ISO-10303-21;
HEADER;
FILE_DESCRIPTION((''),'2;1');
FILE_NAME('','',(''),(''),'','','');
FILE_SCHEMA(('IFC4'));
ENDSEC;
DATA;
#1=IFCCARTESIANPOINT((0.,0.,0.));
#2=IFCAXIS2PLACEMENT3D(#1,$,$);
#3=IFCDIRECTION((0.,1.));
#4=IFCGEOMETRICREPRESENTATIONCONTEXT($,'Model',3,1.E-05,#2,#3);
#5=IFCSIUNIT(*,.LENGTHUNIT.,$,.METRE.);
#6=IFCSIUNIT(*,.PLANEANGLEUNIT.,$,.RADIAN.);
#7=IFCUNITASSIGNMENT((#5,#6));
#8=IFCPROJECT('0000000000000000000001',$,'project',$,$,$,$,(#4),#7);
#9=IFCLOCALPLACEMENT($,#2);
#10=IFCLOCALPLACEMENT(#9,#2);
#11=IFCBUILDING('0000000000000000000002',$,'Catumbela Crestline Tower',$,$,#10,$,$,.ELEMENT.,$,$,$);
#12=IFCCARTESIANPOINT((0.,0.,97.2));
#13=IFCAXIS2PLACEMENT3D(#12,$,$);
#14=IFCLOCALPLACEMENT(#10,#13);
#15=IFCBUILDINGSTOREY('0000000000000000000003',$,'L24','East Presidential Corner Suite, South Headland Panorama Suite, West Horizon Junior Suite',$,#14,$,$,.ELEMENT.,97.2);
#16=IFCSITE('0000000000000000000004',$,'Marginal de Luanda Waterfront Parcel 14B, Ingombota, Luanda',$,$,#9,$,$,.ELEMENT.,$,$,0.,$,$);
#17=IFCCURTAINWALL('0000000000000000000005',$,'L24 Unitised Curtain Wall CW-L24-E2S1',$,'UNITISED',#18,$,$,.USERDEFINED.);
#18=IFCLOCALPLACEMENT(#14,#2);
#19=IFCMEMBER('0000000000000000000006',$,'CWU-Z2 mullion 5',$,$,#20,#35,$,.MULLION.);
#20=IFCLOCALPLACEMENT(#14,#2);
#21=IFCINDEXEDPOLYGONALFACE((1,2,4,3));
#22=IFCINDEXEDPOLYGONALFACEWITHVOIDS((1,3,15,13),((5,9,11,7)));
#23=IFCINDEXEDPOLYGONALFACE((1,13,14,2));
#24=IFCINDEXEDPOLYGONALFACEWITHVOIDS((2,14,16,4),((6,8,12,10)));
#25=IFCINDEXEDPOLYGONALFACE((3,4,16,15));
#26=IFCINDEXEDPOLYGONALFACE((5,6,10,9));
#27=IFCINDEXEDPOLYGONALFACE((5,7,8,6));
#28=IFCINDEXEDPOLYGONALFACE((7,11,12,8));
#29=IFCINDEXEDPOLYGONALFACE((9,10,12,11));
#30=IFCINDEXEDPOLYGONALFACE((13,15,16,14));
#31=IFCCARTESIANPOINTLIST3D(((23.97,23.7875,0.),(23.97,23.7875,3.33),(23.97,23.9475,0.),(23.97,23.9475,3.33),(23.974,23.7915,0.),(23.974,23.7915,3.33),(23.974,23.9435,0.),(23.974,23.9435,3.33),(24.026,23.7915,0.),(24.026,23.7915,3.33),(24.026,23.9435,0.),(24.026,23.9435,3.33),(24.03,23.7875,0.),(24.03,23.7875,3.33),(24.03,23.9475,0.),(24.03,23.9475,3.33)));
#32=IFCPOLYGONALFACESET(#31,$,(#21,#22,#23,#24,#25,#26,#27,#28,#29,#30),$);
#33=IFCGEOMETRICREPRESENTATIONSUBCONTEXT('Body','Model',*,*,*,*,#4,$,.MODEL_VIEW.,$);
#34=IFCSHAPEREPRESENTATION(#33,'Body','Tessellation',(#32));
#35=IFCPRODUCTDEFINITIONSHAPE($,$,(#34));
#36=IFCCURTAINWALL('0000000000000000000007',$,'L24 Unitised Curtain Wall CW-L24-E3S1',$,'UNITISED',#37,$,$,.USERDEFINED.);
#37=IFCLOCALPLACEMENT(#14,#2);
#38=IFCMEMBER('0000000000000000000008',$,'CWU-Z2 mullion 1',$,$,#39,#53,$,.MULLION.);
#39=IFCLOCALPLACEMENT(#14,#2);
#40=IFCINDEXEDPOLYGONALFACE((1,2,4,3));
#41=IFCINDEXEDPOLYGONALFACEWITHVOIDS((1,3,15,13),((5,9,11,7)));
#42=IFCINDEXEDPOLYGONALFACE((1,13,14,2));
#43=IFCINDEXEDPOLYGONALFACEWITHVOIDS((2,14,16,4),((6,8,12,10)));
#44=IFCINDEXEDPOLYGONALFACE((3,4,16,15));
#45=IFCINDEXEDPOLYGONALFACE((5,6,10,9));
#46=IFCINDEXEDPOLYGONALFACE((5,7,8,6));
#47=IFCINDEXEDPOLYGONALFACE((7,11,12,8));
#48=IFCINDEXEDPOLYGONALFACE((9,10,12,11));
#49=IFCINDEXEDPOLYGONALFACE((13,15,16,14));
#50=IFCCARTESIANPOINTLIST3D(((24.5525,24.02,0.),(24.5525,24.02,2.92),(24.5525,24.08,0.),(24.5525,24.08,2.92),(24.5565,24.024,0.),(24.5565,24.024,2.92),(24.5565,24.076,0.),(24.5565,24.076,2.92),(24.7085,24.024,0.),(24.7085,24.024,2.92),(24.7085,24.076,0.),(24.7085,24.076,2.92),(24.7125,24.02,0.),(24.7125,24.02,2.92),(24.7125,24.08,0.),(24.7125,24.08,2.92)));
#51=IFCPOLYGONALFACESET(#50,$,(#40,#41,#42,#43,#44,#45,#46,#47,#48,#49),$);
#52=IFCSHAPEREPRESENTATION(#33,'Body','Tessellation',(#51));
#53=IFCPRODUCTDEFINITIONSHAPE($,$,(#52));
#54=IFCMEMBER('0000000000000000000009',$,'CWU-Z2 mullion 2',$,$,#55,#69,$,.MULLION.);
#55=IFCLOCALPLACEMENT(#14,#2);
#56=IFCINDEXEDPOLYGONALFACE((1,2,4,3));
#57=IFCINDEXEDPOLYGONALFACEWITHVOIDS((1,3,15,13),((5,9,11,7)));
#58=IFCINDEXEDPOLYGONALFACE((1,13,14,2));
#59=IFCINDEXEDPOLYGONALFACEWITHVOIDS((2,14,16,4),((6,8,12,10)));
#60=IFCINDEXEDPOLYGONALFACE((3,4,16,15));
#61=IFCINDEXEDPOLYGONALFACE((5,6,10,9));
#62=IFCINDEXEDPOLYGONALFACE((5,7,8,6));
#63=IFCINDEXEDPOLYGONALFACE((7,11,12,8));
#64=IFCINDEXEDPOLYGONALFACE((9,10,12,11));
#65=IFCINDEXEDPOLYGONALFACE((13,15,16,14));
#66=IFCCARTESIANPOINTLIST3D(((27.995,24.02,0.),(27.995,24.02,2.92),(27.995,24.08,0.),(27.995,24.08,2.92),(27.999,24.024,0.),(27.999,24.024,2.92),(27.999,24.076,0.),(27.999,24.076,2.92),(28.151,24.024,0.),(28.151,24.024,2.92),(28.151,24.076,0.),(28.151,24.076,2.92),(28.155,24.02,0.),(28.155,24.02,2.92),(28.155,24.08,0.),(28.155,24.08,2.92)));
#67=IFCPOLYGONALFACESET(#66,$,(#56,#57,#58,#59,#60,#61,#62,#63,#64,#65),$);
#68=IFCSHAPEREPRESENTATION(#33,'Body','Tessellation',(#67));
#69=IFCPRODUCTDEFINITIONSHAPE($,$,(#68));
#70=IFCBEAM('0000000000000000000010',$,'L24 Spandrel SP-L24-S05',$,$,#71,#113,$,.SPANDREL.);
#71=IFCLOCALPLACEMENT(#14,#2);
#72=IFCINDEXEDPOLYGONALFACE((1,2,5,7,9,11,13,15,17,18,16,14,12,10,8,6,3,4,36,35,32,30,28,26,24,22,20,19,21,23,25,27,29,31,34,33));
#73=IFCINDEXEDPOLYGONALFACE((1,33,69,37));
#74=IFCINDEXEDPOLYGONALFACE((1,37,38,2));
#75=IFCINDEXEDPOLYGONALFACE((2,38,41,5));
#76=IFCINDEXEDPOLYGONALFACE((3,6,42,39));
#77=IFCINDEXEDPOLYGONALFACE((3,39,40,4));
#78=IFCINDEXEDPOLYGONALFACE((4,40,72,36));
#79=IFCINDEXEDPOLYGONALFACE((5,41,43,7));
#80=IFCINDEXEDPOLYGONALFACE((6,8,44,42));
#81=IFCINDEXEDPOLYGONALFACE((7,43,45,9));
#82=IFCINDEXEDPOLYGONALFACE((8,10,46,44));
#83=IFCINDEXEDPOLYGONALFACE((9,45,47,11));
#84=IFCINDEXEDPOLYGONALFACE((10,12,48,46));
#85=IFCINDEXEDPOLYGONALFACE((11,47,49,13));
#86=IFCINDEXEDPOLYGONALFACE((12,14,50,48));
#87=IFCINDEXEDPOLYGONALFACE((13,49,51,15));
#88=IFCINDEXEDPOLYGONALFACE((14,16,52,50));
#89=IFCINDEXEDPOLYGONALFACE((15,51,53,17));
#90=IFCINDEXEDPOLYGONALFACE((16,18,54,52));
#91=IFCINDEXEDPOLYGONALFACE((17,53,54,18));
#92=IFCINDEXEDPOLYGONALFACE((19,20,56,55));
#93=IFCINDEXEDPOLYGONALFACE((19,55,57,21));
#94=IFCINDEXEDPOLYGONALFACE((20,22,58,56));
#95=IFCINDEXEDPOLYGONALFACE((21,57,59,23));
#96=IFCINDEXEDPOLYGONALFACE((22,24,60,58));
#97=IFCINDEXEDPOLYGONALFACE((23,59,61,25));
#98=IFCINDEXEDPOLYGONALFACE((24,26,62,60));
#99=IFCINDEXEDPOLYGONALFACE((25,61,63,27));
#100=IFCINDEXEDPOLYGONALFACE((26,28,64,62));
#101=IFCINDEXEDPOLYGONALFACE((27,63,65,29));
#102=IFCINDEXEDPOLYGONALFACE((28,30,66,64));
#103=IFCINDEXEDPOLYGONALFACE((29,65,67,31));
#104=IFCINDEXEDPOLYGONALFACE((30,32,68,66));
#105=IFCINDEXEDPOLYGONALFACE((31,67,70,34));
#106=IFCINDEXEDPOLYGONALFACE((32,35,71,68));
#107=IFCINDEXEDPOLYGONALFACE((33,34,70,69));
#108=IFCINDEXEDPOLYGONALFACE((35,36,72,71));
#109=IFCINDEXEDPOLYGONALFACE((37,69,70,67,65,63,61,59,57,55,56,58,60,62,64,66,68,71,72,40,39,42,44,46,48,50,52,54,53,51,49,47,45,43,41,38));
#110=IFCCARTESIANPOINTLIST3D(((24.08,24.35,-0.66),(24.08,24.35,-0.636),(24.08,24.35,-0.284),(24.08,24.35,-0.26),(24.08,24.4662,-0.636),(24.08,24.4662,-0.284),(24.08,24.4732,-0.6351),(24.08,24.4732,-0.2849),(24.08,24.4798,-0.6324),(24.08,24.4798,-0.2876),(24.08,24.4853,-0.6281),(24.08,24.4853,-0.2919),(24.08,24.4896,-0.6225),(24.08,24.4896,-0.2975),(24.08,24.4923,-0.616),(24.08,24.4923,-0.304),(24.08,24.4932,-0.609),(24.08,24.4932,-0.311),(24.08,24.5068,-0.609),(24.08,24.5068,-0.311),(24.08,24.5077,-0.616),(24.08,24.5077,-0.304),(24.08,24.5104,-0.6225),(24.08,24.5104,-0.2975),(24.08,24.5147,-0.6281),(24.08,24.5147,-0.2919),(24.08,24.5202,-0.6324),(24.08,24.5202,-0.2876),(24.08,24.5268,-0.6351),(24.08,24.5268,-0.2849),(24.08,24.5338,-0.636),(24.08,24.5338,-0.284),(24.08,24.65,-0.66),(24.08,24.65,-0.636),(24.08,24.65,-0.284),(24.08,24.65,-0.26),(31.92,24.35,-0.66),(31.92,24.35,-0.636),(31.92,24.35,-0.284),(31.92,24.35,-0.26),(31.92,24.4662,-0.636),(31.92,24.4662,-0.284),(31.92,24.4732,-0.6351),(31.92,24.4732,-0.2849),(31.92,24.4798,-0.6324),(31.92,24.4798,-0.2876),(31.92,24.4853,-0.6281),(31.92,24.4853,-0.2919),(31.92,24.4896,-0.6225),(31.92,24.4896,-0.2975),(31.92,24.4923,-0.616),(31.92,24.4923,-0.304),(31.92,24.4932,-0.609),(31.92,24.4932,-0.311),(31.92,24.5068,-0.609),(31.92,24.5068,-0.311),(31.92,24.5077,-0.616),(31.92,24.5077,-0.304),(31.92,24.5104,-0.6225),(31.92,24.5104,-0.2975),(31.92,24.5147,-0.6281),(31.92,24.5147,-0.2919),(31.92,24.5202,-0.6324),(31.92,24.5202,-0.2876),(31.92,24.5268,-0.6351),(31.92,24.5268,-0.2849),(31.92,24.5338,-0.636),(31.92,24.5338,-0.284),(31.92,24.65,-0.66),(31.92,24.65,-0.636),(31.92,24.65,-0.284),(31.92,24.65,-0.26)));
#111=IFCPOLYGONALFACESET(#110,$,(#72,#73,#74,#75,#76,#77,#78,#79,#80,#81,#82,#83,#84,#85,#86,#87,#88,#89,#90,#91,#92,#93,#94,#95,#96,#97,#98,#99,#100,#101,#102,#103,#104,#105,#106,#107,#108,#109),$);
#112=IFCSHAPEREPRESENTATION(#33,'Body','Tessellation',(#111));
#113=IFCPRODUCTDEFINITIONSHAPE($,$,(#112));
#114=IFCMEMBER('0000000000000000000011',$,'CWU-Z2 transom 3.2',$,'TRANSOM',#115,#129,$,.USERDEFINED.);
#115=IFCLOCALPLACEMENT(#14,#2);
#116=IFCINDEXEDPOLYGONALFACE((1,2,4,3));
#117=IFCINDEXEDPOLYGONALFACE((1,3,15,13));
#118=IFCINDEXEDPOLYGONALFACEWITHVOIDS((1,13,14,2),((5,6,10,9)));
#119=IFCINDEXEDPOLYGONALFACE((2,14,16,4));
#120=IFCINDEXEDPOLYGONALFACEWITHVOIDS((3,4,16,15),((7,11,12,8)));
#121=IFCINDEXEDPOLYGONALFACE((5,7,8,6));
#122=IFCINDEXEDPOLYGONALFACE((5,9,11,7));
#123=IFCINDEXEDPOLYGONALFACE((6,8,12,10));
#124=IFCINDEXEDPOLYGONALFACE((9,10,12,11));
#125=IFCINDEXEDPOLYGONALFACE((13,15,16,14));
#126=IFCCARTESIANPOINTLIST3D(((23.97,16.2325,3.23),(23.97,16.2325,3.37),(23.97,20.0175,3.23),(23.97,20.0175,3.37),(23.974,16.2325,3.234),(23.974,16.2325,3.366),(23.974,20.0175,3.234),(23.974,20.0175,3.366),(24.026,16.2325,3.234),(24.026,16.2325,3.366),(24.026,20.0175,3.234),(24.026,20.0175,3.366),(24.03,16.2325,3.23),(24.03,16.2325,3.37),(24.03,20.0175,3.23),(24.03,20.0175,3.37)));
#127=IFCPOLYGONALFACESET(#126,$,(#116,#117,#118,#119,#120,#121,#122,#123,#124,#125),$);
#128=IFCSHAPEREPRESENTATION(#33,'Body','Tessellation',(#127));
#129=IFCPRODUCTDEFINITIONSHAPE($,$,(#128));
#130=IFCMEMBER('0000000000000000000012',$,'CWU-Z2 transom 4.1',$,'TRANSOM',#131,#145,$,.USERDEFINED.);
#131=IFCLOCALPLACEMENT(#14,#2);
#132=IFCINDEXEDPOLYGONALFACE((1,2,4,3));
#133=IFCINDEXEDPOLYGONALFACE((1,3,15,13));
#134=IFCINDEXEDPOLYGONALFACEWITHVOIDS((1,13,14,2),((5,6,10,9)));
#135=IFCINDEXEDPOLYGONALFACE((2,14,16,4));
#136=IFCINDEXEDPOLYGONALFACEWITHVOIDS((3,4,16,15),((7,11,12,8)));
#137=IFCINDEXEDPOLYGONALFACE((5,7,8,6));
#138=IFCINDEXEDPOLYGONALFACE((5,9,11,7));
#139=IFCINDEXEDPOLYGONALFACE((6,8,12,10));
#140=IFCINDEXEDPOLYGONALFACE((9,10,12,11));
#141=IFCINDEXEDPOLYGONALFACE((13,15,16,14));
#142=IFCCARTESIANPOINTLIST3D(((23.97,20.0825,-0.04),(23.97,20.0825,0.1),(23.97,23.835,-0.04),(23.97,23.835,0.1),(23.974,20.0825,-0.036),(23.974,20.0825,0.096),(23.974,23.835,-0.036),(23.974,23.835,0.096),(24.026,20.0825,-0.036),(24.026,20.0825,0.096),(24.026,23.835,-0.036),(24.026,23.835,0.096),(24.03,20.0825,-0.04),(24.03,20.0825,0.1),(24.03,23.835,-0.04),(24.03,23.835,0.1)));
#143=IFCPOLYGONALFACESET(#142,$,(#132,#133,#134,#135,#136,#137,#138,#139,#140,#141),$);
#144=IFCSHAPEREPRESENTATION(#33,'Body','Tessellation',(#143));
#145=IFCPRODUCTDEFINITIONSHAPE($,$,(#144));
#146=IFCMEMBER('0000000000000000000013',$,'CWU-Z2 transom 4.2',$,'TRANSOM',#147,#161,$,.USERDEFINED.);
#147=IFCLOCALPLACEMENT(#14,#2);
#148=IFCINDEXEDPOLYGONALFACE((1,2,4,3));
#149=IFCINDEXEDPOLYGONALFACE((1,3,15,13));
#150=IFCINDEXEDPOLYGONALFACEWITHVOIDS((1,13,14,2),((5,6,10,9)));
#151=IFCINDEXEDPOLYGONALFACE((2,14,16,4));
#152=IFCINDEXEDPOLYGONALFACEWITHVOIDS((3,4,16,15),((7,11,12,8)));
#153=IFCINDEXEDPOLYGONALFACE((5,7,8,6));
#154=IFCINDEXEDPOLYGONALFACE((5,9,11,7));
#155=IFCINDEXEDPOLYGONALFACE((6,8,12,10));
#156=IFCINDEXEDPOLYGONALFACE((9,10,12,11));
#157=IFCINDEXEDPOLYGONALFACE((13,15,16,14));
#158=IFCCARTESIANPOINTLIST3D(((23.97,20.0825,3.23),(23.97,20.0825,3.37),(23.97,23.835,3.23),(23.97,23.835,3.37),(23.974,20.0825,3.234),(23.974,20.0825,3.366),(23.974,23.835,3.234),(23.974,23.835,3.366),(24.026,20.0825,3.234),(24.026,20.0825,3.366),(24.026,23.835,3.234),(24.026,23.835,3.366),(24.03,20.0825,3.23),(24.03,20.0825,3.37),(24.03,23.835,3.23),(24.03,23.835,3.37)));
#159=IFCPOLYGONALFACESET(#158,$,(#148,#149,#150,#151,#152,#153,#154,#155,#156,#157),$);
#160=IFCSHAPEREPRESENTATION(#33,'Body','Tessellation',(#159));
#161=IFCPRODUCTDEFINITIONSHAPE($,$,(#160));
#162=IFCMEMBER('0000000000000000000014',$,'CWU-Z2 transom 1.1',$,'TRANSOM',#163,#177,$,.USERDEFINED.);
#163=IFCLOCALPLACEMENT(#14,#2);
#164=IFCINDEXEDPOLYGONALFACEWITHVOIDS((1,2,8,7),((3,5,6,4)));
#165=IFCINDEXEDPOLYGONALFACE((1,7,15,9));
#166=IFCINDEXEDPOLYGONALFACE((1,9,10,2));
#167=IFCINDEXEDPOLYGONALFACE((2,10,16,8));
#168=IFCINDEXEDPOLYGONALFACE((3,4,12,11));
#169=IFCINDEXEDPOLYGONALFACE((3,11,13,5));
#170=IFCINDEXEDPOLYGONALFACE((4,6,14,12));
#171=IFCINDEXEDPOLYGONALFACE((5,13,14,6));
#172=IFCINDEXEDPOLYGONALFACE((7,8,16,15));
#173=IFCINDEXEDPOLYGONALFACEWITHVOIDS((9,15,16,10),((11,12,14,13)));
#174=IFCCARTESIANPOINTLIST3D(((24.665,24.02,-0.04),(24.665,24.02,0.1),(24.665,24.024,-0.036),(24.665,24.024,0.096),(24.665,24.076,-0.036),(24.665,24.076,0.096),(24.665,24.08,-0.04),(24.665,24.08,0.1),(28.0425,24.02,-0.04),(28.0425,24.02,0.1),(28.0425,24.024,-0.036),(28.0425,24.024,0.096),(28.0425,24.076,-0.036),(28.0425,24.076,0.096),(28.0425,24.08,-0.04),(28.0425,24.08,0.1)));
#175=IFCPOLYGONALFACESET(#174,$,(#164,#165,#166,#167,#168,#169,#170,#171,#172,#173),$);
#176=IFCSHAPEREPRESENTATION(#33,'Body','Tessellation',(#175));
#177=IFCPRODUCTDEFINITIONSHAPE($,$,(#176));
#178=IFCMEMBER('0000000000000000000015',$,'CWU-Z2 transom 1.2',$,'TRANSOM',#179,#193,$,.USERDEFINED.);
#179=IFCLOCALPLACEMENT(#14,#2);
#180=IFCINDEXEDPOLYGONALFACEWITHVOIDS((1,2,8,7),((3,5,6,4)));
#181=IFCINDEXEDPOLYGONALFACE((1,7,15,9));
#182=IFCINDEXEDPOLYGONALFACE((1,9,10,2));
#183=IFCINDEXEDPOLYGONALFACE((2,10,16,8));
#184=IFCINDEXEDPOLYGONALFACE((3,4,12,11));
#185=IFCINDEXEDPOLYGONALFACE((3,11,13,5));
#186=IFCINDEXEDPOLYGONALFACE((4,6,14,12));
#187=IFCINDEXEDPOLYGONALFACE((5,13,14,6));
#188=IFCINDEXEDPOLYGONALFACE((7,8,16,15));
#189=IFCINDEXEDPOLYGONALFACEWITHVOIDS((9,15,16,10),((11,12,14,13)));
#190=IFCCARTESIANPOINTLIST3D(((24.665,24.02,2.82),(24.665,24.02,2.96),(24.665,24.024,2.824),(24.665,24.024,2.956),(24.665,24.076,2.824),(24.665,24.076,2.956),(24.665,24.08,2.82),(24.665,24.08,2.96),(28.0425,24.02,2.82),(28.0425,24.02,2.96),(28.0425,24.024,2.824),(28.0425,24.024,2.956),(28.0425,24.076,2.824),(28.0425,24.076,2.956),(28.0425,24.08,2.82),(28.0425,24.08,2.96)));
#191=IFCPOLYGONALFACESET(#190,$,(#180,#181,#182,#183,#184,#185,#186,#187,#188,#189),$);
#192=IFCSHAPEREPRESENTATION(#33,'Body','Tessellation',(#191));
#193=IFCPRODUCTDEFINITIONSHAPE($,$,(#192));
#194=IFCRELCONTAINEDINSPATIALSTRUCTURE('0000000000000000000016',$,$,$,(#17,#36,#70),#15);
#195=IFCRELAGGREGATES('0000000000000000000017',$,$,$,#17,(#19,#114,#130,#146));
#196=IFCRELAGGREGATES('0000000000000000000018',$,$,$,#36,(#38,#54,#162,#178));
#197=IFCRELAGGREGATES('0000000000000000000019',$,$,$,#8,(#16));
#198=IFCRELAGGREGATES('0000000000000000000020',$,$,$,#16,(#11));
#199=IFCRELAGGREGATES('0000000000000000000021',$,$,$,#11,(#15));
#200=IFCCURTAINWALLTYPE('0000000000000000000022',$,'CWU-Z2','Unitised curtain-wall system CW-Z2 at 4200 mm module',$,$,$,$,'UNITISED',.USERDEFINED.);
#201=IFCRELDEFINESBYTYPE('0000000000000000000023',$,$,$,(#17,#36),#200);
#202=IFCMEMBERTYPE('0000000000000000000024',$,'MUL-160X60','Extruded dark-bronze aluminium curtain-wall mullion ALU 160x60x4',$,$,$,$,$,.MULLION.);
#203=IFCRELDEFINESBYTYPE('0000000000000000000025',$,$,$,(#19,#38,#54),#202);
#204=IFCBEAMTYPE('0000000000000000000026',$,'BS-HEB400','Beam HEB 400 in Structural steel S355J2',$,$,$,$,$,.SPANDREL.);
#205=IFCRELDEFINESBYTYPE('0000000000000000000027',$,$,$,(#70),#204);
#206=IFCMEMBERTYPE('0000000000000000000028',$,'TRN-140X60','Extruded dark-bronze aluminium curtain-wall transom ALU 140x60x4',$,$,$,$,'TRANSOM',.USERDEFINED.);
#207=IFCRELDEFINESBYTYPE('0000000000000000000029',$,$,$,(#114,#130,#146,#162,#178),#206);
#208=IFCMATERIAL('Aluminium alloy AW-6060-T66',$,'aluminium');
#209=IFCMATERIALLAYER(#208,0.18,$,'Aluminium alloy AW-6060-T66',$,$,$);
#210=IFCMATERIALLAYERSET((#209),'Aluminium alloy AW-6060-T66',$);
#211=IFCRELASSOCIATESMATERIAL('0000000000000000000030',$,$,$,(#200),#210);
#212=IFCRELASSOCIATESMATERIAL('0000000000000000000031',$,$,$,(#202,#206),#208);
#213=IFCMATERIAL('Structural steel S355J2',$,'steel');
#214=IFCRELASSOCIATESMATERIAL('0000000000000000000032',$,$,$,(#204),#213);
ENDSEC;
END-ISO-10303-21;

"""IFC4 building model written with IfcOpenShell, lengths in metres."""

from ifc_helpers import new_model, si_unit, direction, frame, origin, origin_2d, place, context, subcontext, project, spatial, hollow_rectangle, i_section, extrude, material, layer, layer_set, material_profile, profile_set, type_object, element, aggregate, save


model = new_model("IFC4")

# Units and contexts
model_context = context("Model", 3, precision=1e-05, world=origin(), true_north=direction((0.0, 1.0)))
body_context = subcontext(model_context, "Body", "Model", "MODEL_VIEW")
ifc_project = project(units=[si_unit("LENGTHUNIT", "METRE"), si_unit("PLANEANGLEUNIT", "RADIAN")], contexts=[model_context])

# Site, building, storey
site_placement = place(None, origin())
site = spatial("IfcSite", under=ifc_project, at=site_placement, Name="Marginal de Luanda Waterfront Parcel 14B, Ingombota, Luanda", CompositionType="ELEMENT", RefElevation=0.0)
building_placement = place(site_placement, origin())
building = spatial("IfcBuilding", under=site, at=building_placement, Name="Catumbela Crestline Tower", CompositionType="ELEMENT")
storey_placement = place(building_placement, frame((0.0, 0.0, 97.2)))
storey = spatial("IfcBuildingStorey", under=building, at=storey_placement, Name="L24", Description="East Presidential Corner Suite, South Headland Panorama Suite, West Horizon Junior Suite", CompositionType="ELEMENT", Elevation=97.2)

# Shared definitions
ifc_material_1 = material(Name="Structural steel S355J2", Category="steel")

# Curtain walls, members
ifc_material_2 = material(Name="Aluminium alloy AW-6060-T66", Category="aluminium")
ifc_layer_1 = layer(ifc_material_2, 0.18, Name="Aluminium alloy AW-6060-T66")
ifc_layer_set_1 = layer_set([ifc_layer_1], Name="Aluminium alloy AW-6060-T66")
curtain_wall_type = type_object("IfcCurtainWallType", Name="CWU-Z2", Description="Unitised curtain-wall system CW-Z2 at 4200 mm module", ElementType="UNITISED", PredefinedType="USERDEFINED", material=ifc_layer_set_1)
curtain_wall_1_placement = place(storey_placement, origin())
curtain_wall_1 = element("IfcCurtainWall", 1, at=curtain_wall_1_placement, inside=storey, type_object=curtain_wall_type, Name="L24 Unitised Curtain Wall CW-L24-E2S1", ObjectType="UNITISED", PredefinedType="USERDEFINED")
ifc_material_profile_1 = material_profile(ifc_material_2, hollow_rectangle(XDim=0.06, YDim=0.16, WallThickness=0.004, at=origin_2d()), Name="ALU 160x60x4")
ifc_profile_set_1 = profile_set([ifc_material_profile_1], Name="Aluminium alloy AW-6060-T66")
member_type_1 = type_object("IfcMemberType", Name="MUL-160X60", Description="Extruded dark-bronze aluminium curtain-wall mullion ALU 160x60x4", PredefinedType="MULLION", material=ifc_profile_set_1)
member_1_placement = place(storey_placement, frame((24.0, 23.8675, 0.0), z_axis=(0.0, 0.0, 1.0), x_axis=(-1.0, 0.0, 0.0)))
member_1 = element("IfcMember", 2, at=member_1_placement, type_object=member_type_1, Name="CWU-Z2 mullion 5", PredefinedType="MULLION", context=body_context, shape_type="SweptSolid", body=[
    extrude(hollow_rectangle(XDim=0.06, YDim=0.16, WallThickness=0.004, at=origin_2d()), origin(), (0.0, 0.0, 1.0), 3.33),
])
curtain_wall_2_placement = place(storey_placement, origin())
curtain_wall_2 = element("IfcCurtainWall", 3, at=curtain_wall_2_placement, inside=storey, type_object=curtain_wall_type, Name="L24 Unitised Curtain Wall CW-L24-E3S1", ObjectType="UNITISED", PredefinedType="USERDEFINED")
member_2_placement = place(storey_placement, frame((24.6325, 24.05, 0.0), z_axis=(0.0, 0.0, 1.0), x_axis=(0.0, 1.0, 0.0)))
member_2 = element("IfcMember", 4, at=member_2_placement, type_object=member_type_1, Name="CWU-Z2 mullion 1", PredefinedType="MULLION", context=body_context, shape_type="SweptSolid", body=[
    extrude(hollow_rectangle(XDim=0.06, YDim=0.16, WallThickness=0.004, at=origin_2d()), origin(), (0.0, 0.0, 1.0), 2.92),
])
member_3_placement = place(storey_placement, frame((28.075, 24.05, 0.0), z_axis=(0.0, 0.0, 1.0), x_axis=(0.0, 1.0, 0.0)))
member_3 = element("IfcMember", 5, at=member_3_placement, type_object=member_type_1, Name="CWU-Z2 mullion 2", PredefinedType="MULLION", context=body_context, shape_type="SweptSolid", body=[
    extrude(hollow_rectangle(XDim=0.06, YDim=0.16, WallThickness=0.004, at=origin_2d()), origin(), (0.0, 0.0, 1.0), 2.92),
])

# Beam
ifc_material_profile_2 = material_profile(ifc_material_1, i_section(OverallWidth=0.3, OverallDepth=0.4, WebThickness=0.0135, FlangeThickness=0.024, FilletRadius=0.027, at=origin_2d()), Name="HEB 400")
ifc_profile_set_2 = profile_set([ifc_material_profile_2], Name="Structural steel S355J2")
beam_type_1 = type_object("IfcBeamType", Name="BS-HEB400", Description="Beam HEB 400 in Structural steel S355J2", PredefinedType="SPANDREL", material=ifc_profile_set_2)
beam_1_placement = place(storey_placement, frame((24.08, 24.5, -0.46), z_axis=(1.0, 0.0, 0.0), x_axis=(0.0, 1.0, 0.0)))
element("IfcBeam", 6, at=beam_1_placement, inside=storey, type_object=beam_type_1, Name="L24 Spandrel SP-L24-S05", PredefinedType="SPANDREL", context=body_context, shape_type="SweptSolid", body=[
    extrude(i_section(OverallWidth=0.3, OverallDepth=0.4, WebThickness=0.0135, FlangeThickness=0.024, FilletRadius=0.027, at=origin_2d()), origin(), (0.0, 0.0, 1.0), 7.84),
])

# Members
ifc_material_profile_3 = material_profile(ifc_material_2, hollow_rectangle(XDim=0.06, YDim=0.14, WallThickness=0.004, at=origin_2d()), Name="ALU 140x60x4")
ifc_profile_set_3 = profile_set([ifc_material_profile_3], Name="Aluminium alloy AW-6060-T66")
member_type_2 = type_object("IfcMemberType", Name="TRN-140X60", Description="Extruded dark-bronze aluminium curtain-wall transom ALU 140x60x4", ElementType="TRANSOM", PredefinedType="USERDEFINED", material=ifc_profile_set_3)
member_4_placement = place(storey_placement, frame((24.0, 16.2325, 3.3), z_axis=(0.0, 1.0, 0.0), x_axis=(-1.0, 0.0, 0.0)))
member_4 = element("IfcMember", 7, at=member_4_placement, type_object=member_type_2, Name="CWU-Z2 transom 3.2", ObjectType="TRANSOM", PredefinedType="USERDEFINED", context=body_context, shape_type="SweptSolid", body=[
    extrude(hollow_rectangle(XDim=0.06, YDim=0.14, WallThickness=0.004, at=origin_2d()), origin(), (0.0, 0.0, 1.0), 3.785),
])
member_5_placement = place(storey_placement, frame((24.0, 20.0825, 0.03), z_axis=(0.0, 1.0, 0.0), x_axis=(-1.0, 0.0, 0.0)))
member_5 = element("IfcMember", 8, at=member_5_placement, type_object=member_type_2, Name="CWU-Z2 transom 4.1", ObjectType="TRANSOM", PredefinedType="USERDEFINED", context=body_context, shape_type="SweptSolid", body=[
    extrude(hollow_rectangle(XDim=0.06, YDim=0.14, WallThickness=0.004, at=origin_2d()), origin(), (0.0, 0.0, 1.0), 3.7525),
])
member_6_placement = place(storey_placement, frame((24.0, 20.0825, 3.3), z_axis=(0.0, 1.0, 0.0), x_axis=(-1.0, 0.0, 0.0)))
member_6 = element("IfcMember", 9, at=member_6_placement, type_object=member_type_2, Name="CWU-Z2 transom 4.2", ObjectType="TRANSOM", PredefinedType="USERDEFINED", context=body_context, shape_type="SweptSolid", body=[
    extrude(hollow_rectangle(XDim=0.06, YDim=0.14, WallThickness=0.004, at=origin_2d()), origin(), (0.0, 0.0, 1.0), 3.7525),
])
member_7_placement = place(storey_placement, frame((24.665, 24.05, 0.03), z_axis=(1.0, 0.0, 0.0), x_axis=(0.0, 1.0, 0.0)))
member_7 = element("IfcMember", 10, at=member_7_placement, type_object=member_type_2, Name="CWU-Z2 transom 1.1", ObjectType="TRANSOM", PredefinedType="USERDEFINED", context=body_context, shape_type="SweptSolid", body=[
    extrude(hollow_rectangle(XDim=0.06, YDim=0.14, WallThickness=0.004, at=origin_2d()), origin(), (0.0, 0.0, 1.0), 3.3775),
])
member_8_placement = place(storey_placement, frame((24.665, 24.05, 2.89), z_axis=(1.0, 0.0, 0.0), x_axis=(0.0, 1.0, 0.0)))
member_8 = element("IfcMember", 11, at=member_8_placement, type_object=member_type_2, Name="CWU-Z2 transom 1.2", ObjectType="TRANSOM", PredefinedType="USERDEFINED", context=body_context, shape_type="SweptSolid", body=[
    extrude(hollow_rectangle(XDim=0.06, YDim=0.14, WallThickness=0.004, at=origin_2d()), origin(), (0.0, 0.0, 1.0), 3.3775),
])

aggregate(curtain_wall_1, [member_1, member_4, member_5, member_6])
aggregate(curtain_wall_2, [member_2, member_3, member_7, member_8])

save(model, "model.ifc")
